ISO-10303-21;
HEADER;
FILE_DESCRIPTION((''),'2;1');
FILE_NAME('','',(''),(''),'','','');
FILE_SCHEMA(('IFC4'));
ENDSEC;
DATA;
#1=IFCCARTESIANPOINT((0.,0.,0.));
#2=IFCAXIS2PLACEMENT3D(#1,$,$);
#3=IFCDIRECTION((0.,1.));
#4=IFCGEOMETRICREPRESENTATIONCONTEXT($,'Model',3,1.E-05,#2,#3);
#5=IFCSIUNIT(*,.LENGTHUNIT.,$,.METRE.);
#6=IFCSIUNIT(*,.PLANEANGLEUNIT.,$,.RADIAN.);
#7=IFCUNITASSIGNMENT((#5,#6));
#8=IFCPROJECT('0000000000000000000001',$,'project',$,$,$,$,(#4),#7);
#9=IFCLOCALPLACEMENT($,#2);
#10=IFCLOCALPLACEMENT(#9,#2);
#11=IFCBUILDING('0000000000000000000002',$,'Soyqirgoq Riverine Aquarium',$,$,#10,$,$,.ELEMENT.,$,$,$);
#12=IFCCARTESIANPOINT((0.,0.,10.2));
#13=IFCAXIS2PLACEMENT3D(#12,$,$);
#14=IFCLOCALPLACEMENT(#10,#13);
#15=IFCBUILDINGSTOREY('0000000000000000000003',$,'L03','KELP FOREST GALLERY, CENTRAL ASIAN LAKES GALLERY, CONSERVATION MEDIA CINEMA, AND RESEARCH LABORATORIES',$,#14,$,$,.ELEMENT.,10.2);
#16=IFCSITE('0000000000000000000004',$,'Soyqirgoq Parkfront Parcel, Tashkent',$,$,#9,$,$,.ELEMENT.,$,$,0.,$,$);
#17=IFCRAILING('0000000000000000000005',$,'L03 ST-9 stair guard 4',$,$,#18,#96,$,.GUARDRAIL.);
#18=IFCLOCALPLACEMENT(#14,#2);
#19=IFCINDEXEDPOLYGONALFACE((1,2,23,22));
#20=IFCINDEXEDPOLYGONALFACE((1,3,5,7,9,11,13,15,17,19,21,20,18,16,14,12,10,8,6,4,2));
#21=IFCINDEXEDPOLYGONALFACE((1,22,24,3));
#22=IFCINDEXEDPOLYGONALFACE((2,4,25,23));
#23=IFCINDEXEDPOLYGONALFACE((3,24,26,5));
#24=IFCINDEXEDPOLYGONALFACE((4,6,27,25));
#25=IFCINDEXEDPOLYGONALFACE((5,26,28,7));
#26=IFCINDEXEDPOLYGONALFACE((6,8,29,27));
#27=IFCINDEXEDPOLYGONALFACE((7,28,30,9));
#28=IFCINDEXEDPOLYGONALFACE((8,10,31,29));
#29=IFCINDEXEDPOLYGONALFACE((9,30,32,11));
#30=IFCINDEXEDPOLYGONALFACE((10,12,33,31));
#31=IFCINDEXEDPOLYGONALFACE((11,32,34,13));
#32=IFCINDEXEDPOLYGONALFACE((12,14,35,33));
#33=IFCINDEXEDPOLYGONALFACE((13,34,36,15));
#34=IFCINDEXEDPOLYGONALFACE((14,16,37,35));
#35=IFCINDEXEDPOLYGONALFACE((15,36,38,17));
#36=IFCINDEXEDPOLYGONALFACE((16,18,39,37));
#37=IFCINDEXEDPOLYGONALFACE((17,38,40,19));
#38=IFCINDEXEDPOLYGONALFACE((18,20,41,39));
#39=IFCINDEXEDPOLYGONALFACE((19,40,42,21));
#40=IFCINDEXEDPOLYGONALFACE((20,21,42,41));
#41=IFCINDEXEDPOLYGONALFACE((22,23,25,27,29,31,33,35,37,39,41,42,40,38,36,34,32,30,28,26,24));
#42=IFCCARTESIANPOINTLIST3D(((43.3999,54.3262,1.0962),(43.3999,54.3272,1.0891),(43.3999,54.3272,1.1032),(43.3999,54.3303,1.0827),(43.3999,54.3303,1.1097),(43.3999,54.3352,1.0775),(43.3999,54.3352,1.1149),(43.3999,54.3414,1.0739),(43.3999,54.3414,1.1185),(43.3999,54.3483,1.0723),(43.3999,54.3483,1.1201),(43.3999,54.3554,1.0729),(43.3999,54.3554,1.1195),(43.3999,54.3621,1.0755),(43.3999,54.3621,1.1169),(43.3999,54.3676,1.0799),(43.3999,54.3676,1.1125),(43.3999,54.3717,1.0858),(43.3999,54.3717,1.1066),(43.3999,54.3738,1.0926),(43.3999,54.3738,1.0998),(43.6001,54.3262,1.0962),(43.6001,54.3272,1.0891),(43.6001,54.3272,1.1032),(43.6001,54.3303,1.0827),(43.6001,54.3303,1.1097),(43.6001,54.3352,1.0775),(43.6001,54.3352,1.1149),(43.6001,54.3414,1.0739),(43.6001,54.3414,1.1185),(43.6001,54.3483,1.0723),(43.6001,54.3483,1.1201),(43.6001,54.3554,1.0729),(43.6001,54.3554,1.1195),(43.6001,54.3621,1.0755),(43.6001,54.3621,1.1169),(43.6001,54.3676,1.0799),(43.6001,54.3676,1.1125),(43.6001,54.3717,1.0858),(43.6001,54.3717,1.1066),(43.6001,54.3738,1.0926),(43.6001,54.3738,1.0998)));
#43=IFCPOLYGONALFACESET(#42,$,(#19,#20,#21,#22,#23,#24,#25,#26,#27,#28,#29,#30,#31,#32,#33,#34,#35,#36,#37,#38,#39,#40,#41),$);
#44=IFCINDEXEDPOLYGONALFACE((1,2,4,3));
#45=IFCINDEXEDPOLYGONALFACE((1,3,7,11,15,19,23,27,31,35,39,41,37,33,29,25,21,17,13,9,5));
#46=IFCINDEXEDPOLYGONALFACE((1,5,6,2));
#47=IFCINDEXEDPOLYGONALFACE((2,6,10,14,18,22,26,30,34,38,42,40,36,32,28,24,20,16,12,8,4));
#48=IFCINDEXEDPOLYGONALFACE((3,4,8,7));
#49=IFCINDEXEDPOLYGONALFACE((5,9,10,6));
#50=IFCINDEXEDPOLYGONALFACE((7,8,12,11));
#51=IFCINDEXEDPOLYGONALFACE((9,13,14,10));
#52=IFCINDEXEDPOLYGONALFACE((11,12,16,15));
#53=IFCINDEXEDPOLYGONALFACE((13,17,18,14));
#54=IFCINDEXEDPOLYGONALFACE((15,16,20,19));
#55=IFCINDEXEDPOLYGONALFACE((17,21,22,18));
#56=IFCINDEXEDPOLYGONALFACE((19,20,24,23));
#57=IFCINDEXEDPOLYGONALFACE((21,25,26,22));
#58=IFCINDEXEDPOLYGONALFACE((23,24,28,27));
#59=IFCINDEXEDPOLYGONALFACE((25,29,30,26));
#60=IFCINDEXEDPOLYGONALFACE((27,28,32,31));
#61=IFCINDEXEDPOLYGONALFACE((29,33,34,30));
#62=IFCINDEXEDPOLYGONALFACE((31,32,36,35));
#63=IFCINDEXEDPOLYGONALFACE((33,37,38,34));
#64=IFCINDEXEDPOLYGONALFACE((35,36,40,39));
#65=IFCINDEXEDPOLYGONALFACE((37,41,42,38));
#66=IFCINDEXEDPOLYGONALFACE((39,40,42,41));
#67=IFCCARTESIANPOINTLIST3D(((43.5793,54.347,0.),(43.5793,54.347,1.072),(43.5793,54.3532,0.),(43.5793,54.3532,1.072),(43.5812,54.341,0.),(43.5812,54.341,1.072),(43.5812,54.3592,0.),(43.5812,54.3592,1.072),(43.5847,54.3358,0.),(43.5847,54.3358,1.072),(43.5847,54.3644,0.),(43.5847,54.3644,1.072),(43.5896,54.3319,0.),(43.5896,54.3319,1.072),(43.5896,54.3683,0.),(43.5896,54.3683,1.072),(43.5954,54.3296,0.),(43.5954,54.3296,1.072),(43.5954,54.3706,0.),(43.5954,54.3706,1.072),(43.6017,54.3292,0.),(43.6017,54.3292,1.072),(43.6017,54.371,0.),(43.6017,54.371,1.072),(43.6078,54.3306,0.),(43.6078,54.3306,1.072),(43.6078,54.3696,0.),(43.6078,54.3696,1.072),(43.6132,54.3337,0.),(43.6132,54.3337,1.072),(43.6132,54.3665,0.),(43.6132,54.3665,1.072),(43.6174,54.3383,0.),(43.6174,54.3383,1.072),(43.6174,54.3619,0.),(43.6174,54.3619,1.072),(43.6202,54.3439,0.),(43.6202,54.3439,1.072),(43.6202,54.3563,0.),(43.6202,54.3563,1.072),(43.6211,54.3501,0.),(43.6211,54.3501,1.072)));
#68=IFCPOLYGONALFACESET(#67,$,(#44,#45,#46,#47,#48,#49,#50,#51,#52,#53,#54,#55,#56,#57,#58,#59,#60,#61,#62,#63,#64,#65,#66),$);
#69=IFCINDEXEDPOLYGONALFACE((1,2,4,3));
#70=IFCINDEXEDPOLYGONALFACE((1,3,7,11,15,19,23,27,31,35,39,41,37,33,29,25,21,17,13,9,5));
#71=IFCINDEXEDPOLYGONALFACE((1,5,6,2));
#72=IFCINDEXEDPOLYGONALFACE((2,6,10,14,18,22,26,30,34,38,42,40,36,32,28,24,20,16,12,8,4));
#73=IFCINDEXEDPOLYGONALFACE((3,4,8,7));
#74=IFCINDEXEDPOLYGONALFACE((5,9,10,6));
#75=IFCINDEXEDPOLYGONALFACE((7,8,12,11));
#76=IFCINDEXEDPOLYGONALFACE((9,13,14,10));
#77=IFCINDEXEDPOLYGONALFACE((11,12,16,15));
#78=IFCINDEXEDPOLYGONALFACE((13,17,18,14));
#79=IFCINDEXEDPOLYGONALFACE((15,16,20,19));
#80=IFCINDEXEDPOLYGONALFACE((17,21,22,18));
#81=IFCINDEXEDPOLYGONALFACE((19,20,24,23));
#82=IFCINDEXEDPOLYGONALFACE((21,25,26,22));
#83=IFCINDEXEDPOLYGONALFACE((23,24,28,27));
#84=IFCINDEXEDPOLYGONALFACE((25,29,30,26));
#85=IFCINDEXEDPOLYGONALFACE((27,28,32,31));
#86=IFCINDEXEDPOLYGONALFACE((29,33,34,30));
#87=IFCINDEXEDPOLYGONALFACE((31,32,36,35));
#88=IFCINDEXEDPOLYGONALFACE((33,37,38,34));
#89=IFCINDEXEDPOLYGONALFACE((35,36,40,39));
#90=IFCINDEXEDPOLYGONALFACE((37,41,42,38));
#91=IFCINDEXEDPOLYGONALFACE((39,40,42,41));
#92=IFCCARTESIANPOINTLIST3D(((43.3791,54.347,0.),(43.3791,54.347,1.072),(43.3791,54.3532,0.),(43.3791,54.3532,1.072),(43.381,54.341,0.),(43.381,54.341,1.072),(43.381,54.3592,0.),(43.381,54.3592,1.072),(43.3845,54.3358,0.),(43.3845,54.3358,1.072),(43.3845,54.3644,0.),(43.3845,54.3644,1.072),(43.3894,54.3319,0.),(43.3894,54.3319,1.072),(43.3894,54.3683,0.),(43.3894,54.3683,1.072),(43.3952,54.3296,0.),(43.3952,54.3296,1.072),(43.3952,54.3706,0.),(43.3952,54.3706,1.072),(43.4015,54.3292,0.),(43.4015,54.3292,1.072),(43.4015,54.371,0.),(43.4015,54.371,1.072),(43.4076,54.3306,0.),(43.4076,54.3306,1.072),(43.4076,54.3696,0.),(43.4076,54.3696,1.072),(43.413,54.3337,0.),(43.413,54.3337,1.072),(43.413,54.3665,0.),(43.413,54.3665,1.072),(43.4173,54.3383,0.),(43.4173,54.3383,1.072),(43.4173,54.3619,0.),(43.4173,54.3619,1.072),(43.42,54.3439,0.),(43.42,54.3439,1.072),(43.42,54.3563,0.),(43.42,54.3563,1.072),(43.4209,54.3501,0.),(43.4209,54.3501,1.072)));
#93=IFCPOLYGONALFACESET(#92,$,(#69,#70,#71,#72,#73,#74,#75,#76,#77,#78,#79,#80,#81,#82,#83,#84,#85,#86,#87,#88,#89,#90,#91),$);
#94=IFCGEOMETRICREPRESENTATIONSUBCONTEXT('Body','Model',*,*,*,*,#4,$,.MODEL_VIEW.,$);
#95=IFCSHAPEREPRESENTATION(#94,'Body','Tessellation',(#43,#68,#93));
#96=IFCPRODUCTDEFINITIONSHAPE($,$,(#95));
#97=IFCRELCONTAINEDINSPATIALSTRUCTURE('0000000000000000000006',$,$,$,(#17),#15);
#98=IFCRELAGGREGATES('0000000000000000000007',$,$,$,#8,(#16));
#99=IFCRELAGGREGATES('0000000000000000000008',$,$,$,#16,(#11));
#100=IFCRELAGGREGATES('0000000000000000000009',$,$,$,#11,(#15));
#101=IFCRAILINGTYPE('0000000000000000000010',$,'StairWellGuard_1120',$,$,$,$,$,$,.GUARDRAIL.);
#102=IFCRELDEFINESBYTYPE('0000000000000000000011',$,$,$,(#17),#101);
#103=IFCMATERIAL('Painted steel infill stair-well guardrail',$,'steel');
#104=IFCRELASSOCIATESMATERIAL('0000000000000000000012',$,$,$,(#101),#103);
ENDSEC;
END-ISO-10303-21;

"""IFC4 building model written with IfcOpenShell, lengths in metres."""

from ifc_helpers import new_model, si_unit, direction, frame, origin, origin_2d, place, context, subcontext, project, spatial, circle, extrude, material, type_object, element, save


model = new_model("IFC4")

# Units and contexts
model_context = context("Model", 3, precision=1e-05, world=origin(), true_north=direction((0.0, 1.0)))
body_context = subcontext(model_context, "Body", "Model", "MODEL_VIEW")
ifc_project = project(units=[si_unit("LENGTHUNIT", "METRE"), si_unit("PLANEANGLEUNIT", "RADIAN")], contexts=[model_context])

# Site, building, storey
site_placement = place(None, origin())
site = spatial("IfcSite", under=ifc_project, at=site_placement, Name="Soyqirgoq Parkfront Parcel, Tashkent", CompositionType="ELEMENT", RefElevation=0.0)
building_placement = place(site_placement, origin())
building = spatial("IfcBuilding", under=site, at=building_placement, Name="Soyqirgoq Riverine Aquarium", CompositionType="ELEMENT")
storey_placement = place(building_placement, frame((0.0, 0.0, 10.2)))
storey = spatial("IfcBuildingStorey", under=building, at=storey_placement, Name="L03", Description="KELP FOREST GALLERY, CENTRAL ASIAN LAKES GALLERY, CONSERVATION MEDIA CINEMA, AND RESEARCH LABORATORIES", CompositionType="ELEMENT", Elevation=10.2)

# Railing
ifc_material_1 = material(Name="Painted steel infill stair-well guardrail", Category="steel")
railing_type_1 = type_object("IfcRailingType", Name="StairWellGuard_1120", PredefinedType="GUARDRAIL", material=ifc_material_1)
railing_1_placement = place(storey_placement, frame((43.6001, 54.3501, 0.0)))
element("IfcRailing", 1, at=railing_1_placement, inside=storey, type_object=railing_type_1, Name="L03 ST-9 stair guard 4", PredefinedType="GUARDRAIL", context=body_context, shape_type="SweptSolid", body=[
    extrude(circle(Radius=0.0239, at=origin_2d()), frame((0.0, 0.0, 1.0962), z_axis=(-1.0, 0.0, 0.0), x_axis=(0.0, -1.0, 0.0)), (0.0, 0.0, 1.0), 0.2002),
    extrude(circle(Radius=0.021, at=origin_2d()), origin(), (0.0, 0.0, 1.0), 1.072),
    extrude(circle(Radius=0.021, at=origin_2d()), frame((-0.2002, 0.0, 0.0)), (0.0, 0.0, 1.0), 1.072),
])

save(model, "model.ifc")
